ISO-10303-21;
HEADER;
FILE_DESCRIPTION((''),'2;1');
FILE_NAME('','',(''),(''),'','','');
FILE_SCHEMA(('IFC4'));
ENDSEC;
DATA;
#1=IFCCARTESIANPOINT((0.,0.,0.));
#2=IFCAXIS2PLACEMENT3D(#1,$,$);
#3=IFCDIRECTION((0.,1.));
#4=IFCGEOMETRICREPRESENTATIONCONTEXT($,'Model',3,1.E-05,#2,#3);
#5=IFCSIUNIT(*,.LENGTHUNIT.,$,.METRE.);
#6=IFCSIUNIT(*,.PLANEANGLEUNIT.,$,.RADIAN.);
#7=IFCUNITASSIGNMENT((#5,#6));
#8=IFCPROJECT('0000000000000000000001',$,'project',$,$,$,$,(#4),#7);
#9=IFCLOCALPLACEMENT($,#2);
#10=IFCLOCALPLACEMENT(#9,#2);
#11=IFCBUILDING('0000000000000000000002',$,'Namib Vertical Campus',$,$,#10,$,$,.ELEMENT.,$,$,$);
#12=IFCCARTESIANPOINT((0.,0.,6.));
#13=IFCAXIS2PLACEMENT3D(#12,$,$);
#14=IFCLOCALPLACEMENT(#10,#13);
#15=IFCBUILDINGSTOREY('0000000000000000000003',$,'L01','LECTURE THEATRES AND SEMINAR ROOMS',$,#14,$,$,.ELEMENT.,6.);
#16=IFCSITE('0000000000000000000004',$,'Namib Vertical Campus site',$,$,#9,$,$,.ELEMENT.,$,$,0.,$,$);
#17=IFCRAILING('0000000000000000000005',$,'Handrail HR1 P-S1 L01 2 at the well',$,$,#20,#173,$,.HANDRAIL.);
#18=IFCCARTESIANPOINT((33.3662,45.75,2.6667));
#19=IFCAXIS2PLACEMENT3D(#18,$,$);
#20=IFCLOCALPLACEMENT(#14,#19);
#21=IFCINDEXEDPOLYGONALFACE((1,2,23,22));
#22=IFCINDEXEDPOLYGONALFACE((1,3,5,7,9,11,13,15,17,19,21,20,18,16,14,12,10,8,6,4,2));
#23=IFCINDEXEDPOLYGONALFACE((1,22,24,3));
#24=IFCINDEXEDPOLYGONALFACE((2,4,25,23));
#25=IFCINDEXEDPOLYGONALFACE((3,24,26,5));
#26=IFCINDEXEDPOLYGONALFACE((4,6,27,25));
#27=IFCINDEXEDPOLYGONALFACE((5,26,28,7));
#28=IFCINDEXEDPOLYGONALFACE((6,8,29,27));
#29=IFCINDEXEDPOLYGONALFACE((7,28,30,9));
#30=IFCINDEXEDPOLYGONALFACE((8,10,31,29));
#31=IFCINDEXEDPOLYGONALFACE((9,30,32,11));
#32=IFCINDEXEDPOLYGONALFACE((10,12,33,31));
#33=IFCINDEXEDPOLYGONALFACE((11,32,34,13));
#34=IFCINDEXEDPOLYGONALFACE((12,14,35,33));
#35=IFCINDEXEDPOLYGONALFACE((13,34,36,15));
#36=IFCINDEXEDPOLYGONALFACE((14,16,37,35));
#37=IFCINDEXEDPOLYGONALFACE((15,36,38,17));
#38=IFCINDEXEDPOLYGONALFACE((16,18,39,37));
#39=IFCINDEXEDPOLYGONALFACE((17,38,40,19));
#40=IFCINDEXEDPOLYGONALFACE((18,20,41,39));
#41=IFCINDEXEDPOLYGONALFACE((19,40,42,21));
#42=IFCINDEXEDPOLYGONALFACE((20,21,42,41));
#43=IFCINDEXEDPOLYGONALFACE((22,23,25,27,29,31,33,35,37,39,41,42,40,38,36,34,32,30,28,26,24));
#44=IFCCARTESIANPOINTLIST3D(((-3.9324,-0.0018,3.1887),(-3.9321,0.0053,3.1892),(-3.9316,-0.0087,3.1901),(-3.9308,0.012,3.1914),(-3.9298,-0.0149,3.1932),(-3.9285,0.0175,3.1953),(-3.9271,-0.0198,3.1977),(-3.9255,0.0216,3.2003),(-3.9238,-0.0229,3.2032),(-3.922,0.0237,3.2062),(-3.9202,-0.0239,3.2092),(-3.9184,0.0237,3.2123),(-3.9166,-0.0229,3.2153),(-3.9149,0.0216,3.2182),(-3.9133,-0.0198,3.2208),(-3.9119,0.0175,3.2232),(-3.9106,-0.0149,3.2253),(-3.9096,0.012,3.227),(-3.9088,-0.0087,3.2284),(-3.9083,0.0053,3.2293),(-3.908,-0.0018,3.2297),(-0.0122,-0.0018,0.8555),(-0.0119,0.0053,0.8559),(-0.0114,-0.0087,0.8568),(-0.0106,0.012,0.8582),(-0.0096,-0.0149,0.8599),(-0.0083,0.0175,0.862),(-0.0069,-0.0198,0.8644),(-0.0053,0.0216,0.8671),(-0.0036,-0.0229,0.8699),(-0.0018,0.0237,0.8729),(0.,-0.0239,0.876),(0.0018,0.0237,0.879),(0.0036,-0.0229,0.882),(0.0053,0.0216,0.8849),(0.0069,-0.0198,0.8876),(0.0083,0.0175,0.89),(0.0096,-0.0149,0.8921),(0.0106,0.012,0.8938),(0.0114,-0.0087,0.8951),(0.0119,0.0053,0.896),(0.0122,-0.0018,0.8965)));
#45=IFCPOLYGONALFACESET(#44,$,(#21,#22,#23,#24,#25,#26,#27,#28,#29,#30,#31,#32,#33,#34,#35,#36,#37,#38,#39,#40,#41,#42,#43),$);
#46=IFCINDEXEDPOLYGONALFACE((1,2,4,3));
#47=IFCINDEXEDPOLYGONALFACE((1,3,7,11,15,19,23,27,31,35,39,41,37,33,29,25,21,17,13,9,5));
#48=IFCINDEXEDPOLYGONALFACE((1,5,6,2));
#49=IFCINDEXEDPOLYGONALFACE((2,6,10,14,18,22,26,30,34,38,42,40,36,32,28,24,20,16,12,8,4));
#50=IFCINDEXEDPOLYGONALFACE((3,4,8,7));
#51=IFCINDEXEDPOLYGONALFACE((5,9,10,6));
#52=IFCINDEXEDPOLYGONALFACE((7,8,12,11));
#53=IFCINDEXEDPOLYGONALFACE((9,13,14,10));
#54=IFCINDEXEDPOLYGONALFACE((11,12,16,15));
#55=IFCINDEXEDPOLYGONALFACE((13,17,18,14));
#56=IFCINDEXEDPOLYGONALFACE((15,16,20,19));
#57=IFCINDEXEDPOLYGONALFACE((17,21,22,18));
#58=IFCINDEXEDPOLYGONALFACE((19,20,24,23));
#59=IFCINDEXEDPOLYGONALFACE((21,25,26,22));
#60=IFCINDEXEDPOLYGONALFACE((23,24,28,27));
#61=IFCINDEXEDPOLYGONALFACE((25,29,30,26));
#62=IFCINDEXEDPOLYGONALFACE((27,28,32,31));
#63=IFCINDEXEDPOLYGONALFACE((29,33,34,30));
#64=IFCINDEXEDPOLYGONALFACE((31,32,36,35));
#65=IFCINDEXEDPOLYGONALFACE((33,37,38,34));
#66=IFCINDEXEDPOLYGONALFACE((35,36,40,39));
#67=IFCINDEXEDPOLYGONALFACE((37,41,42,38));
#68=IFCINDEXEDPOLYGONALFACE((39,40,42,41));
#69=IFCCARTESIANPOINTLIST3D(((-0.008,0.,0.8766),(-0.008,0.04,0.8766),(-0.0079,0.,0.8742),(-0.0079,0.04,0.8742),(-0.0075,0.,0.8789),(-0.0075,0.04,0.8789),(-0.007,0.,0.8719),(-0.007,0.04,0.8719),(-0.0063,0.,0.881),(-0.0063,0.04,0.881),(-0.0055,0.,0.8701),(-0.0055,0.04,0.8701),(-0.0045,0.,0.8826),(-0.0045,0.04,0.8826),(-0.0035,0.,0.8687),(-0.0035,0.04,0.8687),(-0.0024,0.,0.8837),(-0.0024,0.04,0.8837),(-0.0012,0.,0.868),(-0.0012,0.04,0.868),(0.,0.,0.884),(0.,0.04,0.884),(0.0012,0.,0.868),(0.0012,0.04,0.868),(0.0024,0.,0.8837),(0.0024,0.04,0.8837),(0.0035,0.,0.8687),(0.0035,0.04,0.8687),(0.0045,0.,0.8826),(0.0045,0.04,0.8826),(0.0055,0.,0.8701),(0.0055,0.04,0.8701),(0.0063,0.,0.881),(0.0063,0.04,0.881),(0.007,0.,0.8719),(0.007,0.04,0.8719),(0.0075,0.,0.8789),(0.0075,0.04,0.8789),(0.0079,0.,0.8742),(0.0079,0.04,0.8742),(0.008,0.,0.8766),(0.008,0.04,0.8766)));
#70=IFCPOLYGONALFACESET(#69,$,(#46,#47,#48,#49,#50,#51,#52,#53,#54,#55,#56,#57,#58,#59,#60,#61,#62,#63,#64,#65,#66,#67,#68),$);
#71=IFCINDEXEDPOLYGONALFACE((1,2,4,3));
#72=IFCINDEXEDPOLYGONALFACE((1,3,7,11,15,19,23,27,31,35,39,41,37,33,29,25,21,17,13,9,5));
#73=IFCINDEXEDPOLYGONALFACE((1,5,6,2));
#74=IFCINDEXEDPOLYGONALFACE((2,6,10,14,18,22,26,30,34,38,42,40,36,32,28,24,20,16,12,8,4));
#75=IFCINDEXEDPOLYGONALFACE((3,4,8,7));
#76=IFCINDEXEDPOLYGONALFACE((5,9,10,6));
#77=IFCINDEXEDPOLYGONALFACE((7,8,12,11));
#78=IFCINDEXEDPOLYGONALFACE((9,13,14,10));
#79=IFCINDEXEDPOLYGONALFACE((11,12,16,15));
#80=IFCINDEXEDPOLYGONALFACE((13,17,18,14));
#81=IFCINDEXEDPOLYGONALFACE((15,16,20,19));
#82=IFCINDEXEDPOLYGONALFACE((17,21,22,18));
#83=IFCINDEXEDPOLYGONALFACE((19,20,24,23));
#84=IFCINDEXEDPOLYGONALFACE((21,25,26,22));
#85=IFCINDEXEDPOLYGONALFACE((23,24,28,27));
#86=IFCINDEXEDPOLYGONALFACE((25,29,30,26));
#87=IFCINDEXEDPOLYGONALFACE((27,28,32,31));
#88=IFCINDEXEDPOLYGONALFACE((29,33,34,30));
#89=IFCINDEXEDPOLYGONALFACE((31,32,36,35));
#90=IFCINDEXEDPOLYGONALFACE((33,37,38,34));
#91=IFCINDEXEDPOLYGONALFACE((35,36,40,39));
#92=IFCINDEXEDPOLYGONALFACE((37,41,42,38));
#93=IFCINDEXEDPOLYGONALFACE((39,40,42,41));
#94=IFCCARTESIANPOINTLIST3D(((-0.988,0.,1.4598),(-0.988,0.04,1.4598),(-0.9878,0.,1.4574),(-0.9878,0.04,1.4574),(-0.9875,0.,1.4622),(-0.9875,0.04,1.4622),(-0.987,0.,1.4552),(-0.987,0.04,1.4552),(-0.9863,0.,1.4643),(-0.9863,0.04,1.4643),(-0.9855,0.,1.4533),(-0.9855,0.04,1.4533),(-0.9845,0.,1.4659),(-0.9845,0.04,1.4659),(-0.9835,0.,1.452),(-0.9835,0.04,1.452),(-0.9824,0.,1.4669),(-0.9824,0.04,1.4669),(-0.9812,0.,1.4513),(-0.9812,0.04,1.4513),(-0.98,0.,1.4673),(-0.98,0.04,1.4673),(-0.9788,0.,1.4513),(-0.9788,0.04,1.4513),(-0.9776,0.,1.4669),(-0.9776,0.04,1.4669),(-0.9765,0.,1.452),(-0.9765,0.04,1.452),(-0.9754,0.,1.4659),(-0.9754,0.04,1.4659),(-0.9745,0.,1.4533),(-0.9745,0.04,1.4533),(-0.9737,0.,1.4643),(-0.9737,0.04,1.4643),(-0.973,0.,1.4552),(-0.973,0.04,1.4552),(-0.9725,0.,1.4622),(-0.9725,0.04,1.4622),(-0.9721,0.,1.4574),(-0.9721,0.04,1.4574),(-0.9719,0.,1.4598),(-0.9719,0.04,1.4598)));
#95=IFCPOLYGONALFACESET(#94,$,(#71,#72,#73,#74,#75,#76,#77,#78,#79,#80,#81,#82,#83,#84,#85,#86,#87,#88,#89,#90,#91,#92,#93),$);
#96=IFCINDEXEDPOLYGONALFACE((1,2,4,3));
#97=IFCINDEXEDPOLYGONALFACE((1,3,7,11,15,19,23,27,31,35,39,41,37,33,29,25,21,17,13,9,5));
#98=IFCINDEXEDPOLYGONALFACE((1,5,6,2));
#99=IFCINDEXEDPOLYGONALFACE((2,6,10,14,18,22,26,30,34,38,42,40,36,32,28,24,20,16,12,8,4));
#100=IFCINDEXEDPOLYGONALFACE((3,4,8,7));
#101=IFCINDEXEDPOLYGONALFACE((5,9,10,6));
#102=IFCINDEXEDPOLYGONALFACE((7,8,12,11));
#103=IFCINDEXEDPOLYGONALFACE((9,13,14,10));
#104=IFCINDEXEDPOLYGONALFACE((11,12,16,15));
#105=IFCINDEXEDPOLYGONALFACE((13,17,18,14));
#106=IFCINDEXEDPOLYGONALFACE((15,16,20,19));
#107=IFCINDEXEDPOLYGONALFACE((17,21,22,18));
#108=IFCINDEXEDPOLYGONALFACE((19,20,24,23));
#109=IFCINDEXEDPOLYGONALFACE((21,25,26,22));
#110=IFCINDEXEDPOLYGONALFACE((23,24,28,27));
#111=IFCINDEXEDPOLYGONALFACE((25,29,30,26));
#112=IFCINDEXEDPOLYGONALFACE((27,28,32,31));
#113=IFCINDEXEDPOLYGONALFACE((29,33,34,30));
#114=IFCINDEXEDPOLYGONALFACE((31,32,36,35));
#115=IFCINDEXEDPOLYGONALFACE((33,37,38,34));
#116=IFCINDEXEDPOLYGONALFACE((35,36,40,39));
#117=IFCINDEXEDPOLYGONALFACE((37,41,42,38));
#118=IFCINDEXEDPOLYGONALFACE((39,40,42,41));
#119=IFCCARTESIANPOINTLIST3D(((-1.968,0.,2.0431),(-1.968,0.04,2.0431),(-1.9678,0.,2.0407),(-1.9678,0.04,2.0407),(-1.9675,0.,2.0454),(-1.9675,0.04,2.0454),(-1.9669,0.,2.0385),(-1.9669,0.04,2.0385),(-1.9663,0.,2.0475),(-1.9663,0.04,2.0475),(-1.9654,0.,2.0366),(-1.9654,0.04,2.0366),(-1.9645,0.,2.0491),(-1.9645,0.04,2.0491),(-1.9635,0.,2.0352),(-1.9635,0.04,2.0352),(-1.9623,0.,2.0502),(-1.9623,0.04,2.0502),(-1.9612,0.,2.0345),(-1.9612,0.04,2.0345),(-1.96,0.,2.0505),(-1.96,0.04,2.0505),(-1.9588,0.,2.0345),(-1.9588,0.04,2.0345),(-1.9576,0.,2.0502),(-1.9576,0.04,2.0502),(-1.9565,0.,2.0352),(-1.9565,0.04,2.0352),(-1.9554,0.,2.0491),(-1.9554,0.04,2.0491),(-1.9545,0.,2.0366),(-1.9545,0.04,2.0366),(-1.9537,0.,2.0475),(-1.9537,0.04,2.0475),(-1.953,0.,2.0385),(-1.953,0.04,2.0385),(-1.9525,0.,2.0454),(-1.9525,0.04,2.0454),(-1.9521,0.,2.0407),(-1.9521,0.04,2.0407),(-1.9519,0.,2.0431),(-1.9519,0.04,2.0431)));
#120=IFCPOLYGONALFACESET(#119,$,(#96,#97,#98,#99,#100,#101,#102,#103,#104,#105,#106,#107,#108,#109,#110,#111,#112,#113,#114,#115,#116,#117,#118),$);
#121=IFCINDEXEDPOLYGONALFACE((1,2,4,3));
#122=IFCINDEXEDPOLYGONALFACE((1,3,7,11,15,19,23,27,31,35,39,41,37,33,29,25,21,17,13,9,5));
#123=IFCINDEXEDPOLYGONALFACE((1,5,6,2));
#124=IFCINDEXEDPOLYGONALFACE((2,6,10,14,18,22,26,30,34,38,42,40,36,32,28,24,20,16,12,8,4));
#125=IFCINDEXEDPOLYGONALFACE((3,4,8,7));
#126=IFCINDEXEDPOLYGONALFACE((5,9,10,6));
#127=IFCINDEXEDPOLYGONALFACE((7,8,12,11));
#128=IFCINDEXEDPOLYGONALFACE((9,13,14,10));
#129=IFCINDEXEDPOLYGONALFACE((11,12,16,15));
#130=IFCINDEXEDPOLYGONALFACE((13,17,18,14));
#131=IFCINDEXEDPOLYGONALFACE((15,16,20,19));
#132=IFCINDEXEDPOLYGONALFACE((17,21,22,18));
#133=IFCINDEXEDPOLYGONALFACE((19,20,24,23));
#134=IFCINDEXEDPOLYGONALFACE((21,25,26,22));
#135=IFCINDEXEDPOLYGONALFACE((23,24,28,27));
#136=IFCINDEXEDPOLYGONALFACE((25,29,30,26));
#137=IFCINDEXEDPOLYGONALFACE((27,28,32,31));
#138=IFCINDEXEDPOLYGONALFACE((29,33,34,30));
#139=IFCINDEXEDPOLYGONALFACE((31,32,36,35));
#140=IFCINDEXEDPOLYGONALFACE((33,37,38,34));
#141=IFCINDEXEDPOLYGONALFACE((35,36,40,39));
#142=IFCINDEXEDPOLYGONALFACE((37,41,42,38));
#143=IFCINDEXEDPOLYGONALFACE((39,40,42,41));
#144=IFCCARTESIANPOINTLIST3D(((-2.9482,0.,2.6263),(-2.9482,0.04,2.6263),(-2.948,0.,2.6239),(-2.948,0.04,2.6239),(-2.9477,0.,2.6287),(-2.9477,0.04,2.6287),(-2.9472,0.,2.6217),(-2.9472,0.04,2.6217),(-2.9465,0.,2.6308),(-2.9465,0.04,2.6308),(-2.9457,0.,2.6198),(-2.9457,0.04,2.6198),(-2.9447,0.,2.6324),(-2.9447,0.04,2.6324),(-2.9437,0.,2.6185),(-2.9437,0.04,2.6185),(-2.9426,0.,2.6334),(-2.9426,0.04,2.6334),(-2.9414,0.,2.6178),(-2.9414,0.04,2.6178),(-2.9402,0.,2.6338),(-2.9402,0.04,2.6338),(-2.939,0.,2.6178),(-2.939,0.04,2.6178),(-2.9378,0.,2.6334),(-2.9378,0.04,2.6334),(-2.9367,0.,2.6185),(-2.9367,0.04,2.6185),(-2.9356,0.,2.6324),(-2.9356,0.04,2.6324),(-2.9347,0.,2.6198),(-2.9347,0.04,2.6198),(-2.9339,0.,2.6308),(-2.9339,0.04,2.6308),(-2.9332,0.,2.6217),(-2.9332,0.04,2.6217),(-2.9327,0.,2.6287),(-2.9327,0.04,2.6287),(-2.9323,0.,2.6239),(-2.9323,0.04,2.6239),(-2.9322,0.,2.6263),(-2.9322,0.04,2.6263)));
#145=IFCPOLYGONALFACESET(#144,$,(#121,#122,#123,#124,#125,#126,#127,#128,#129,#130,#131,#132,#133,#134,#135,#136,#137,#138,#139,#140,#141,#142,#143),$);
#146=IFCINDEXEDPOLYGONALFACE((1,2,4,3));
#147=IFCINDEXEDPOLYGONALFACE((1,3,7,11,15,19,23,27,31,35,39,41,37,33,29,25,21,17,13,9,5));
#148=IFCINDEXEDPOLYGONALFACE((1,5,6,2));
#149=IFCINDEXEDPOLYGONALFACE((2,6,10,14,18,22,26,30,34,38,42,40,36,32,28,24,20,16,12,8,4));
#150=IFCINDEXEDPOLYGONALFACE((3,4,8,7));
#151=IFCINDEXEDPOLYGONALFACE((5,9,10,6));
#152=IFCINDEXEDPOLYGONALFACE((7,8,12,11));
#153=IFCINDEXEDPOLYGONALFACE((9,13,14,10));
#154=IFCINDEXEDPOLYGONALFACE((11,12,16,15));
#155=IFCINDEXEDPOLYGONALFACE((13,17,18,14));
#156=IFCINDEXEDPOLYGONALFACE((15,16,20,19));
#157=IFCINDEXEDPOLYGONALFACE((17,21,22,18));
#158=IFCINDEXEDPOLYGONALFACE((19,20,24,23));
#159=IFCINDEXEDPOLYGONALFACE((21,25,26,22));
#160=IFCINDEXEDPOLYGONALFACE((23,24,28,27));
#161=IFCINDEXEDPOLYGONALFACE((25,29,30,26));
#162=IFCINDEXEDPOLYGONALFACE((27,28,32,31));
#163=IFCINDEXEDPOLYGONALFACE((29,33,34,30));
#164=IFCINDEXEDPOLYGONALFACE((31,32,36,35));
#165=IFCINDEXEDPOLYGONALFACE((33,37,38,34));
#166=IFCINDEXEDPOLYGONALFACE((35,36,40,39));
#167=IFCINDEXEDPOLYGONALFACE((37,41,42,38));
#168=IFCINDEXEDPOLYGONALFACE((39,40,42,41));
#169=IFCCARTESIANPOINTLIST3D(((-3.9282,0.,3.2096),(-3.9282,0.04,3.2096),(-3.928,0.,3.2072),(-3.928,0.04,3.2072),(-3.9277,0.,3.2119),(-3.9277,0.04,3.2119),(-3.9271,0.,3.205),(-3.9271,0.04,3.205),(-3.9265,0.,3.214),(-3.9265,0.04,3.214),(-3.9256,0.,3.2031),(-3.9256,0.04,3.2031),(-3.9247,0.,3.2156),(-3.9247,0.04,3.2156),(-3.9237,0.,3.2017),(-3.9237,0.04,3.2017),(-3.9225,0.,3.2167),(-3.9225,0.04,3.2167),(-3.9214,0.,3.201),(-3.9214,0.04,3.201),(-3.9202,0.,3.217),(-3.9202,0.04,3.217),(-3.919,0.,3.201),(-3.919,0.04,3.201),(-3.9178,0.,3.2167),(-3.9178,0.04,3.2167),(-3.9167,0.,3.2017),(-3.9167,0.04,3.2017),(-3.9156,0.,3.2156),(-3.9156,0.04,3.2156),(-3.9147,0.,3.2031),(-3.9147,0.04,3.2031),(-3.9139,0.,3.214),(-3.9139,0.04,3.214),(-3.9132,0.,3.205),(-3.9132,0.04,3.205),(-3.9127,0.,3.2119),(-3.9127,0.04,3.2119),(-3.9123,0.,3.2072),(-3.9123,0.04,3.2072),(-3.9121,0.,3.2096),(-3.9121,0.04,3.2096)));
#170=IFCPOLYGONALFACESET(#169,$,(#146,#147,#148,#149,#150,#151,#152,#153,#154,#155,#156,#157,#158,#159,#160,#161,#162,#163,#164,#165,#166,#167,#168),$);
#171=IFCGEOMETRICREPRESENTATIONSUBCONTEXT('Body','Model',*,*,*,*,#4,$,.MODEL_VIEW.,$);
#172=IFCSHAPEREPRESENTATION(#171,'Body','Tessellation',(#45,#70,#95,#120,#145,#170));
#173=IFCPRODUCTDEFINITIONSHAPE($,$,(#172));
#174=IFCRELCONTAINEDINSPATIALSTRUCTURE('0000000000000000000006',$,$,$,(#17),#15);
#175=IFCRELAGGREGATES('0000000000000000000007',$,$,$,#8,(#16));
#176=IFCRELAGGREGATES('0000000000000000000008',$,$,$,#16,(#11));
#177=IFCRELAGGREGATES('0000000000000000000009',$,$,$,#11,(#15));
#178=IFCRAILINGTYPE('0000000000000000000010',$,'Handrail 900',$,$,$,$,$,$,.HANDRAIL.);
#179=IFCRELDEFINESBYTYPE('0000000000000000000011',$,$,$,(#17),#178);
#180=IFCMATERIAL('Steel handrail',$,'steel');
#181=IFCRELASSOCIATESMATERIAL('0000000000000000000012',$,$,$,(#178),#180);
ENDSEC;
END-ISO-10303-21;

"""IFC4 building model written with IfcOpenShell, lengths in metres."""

from ifc_helpers import new_model, si_unit, direction, frame, origin, origin_2d, place, context, subcontext, project, spatial, circle, extrude, material, type_object, element, save


model = new_model("IFC4")

# Units and contexts
model_context = context("Model", 3, precision=1e-05, world=origin(), true_north=direction((0.0, 1.0)))
body_context = subcontext(model_context, "Body", "Model", "MODEL_VIEW")
ifc_project = project(units=[si_unit("LENGTHUNIT", "METRE"), si_unit("PLANEANGLEUNIT", "RADIAN")], contexts=[model_context])

# Site, building, storey
site_placement = place(None, origin())
site = spatial("IfcSite", under=ifc_project, at=site_placement, Name="Namib Vertical Campus site", CompositionType="ELEMENT", RefElevation=0.0)
building_placement = place(site_placement, origin())
building = spatial("IfcBuilding", under=site, at=building_placement, Name="Namib Vertical Campus", CompositionType="ELEMENT")
storey_placement = place(building_placement, frame((0.0, 0.0, 6.0)))
storey = spatial("IfcBuildingStorey", under=building, at=storey_placement, Name="L01", Description="LECTURE THEATRES AND SEMINAR ROOMS", CompositionType="ELEMENT", Elevation=6.0)

# Railing
ifc_material_1 = material(Name="Steel handrail", Category="steel")
railing_type_1 = type_object("IfcRailingType", Name="Handrail 900", PredefinedType="HANDRAIL", material=ifc_material_1)
railing_1_placement = place(storey_placement, frame((33.3662, 45.75, 2.6667)))
element("IfcRailing", 1, at=railing_1_placement, inside=storey, type_object=railing_type_1, Name="Handrail HR1 P-S1 L01 2 at the well", PredefinedType="HANDRAIL", context=body_context, shape_type="SweptSolid", body=[
    extrude(circle(Radius=0.0239, at=origin_2d()), frame((0.0, 0.0, 0.876), z_axis=(-0.85931, 0.0, 0.511455), x_axis=(0.0, -1.0, 0.0)), (0.0, 0.0, 1.0), 4.562),
    extrude(circle(Radius=0.0081, at=origin_2d()), frame((0.0, 0.0, 0.876), z_axis=(0.0, 1.0, 0.0), x_axis=(0.0, 0.0, 1.0)), (0.0, 0.0, 1.0), 0.04),
    extrude(circle(Radius=0.0081, at=origin_2d()), frame((-0.98, 0.0, 1.4592), z_axis=(0.0, 1.0, 0.0), x_axis=(0.0, 0.0, 1.0)), (0.0, 0.0, 1.0), 0.04),
    extrude(circle(Radius=0.0081, at=origin_2d()), frame((-1.96, 0.0, 2.0425), z_axis=(0.0, 1.0, 0.0), x_axis=(0.0, 0.0, 1.0)), (0.0, 0.0, 1.0), 0.04),
    extrude(circle(Radius=0.0081, at=origin_2d()), frame((-2.9402, 0.0, 2.6257), z_axis=(0.0, 1.0, 0.0), x_axis=(0.0, 0.0, 1.0)), (0.0, 0.0, 1.0), 0.04),
    extrude(circle(Radius=0.0081, at=origin_2d()), frame((-3.9202, 0.0, 3.209), z_axis=(0.0, 1.0, 0.0), x_axis=(0.0, 0.0, 1.0)), (0.0, 0.0, 1.0), 0.04),
])

save(model, "model.ifc")
